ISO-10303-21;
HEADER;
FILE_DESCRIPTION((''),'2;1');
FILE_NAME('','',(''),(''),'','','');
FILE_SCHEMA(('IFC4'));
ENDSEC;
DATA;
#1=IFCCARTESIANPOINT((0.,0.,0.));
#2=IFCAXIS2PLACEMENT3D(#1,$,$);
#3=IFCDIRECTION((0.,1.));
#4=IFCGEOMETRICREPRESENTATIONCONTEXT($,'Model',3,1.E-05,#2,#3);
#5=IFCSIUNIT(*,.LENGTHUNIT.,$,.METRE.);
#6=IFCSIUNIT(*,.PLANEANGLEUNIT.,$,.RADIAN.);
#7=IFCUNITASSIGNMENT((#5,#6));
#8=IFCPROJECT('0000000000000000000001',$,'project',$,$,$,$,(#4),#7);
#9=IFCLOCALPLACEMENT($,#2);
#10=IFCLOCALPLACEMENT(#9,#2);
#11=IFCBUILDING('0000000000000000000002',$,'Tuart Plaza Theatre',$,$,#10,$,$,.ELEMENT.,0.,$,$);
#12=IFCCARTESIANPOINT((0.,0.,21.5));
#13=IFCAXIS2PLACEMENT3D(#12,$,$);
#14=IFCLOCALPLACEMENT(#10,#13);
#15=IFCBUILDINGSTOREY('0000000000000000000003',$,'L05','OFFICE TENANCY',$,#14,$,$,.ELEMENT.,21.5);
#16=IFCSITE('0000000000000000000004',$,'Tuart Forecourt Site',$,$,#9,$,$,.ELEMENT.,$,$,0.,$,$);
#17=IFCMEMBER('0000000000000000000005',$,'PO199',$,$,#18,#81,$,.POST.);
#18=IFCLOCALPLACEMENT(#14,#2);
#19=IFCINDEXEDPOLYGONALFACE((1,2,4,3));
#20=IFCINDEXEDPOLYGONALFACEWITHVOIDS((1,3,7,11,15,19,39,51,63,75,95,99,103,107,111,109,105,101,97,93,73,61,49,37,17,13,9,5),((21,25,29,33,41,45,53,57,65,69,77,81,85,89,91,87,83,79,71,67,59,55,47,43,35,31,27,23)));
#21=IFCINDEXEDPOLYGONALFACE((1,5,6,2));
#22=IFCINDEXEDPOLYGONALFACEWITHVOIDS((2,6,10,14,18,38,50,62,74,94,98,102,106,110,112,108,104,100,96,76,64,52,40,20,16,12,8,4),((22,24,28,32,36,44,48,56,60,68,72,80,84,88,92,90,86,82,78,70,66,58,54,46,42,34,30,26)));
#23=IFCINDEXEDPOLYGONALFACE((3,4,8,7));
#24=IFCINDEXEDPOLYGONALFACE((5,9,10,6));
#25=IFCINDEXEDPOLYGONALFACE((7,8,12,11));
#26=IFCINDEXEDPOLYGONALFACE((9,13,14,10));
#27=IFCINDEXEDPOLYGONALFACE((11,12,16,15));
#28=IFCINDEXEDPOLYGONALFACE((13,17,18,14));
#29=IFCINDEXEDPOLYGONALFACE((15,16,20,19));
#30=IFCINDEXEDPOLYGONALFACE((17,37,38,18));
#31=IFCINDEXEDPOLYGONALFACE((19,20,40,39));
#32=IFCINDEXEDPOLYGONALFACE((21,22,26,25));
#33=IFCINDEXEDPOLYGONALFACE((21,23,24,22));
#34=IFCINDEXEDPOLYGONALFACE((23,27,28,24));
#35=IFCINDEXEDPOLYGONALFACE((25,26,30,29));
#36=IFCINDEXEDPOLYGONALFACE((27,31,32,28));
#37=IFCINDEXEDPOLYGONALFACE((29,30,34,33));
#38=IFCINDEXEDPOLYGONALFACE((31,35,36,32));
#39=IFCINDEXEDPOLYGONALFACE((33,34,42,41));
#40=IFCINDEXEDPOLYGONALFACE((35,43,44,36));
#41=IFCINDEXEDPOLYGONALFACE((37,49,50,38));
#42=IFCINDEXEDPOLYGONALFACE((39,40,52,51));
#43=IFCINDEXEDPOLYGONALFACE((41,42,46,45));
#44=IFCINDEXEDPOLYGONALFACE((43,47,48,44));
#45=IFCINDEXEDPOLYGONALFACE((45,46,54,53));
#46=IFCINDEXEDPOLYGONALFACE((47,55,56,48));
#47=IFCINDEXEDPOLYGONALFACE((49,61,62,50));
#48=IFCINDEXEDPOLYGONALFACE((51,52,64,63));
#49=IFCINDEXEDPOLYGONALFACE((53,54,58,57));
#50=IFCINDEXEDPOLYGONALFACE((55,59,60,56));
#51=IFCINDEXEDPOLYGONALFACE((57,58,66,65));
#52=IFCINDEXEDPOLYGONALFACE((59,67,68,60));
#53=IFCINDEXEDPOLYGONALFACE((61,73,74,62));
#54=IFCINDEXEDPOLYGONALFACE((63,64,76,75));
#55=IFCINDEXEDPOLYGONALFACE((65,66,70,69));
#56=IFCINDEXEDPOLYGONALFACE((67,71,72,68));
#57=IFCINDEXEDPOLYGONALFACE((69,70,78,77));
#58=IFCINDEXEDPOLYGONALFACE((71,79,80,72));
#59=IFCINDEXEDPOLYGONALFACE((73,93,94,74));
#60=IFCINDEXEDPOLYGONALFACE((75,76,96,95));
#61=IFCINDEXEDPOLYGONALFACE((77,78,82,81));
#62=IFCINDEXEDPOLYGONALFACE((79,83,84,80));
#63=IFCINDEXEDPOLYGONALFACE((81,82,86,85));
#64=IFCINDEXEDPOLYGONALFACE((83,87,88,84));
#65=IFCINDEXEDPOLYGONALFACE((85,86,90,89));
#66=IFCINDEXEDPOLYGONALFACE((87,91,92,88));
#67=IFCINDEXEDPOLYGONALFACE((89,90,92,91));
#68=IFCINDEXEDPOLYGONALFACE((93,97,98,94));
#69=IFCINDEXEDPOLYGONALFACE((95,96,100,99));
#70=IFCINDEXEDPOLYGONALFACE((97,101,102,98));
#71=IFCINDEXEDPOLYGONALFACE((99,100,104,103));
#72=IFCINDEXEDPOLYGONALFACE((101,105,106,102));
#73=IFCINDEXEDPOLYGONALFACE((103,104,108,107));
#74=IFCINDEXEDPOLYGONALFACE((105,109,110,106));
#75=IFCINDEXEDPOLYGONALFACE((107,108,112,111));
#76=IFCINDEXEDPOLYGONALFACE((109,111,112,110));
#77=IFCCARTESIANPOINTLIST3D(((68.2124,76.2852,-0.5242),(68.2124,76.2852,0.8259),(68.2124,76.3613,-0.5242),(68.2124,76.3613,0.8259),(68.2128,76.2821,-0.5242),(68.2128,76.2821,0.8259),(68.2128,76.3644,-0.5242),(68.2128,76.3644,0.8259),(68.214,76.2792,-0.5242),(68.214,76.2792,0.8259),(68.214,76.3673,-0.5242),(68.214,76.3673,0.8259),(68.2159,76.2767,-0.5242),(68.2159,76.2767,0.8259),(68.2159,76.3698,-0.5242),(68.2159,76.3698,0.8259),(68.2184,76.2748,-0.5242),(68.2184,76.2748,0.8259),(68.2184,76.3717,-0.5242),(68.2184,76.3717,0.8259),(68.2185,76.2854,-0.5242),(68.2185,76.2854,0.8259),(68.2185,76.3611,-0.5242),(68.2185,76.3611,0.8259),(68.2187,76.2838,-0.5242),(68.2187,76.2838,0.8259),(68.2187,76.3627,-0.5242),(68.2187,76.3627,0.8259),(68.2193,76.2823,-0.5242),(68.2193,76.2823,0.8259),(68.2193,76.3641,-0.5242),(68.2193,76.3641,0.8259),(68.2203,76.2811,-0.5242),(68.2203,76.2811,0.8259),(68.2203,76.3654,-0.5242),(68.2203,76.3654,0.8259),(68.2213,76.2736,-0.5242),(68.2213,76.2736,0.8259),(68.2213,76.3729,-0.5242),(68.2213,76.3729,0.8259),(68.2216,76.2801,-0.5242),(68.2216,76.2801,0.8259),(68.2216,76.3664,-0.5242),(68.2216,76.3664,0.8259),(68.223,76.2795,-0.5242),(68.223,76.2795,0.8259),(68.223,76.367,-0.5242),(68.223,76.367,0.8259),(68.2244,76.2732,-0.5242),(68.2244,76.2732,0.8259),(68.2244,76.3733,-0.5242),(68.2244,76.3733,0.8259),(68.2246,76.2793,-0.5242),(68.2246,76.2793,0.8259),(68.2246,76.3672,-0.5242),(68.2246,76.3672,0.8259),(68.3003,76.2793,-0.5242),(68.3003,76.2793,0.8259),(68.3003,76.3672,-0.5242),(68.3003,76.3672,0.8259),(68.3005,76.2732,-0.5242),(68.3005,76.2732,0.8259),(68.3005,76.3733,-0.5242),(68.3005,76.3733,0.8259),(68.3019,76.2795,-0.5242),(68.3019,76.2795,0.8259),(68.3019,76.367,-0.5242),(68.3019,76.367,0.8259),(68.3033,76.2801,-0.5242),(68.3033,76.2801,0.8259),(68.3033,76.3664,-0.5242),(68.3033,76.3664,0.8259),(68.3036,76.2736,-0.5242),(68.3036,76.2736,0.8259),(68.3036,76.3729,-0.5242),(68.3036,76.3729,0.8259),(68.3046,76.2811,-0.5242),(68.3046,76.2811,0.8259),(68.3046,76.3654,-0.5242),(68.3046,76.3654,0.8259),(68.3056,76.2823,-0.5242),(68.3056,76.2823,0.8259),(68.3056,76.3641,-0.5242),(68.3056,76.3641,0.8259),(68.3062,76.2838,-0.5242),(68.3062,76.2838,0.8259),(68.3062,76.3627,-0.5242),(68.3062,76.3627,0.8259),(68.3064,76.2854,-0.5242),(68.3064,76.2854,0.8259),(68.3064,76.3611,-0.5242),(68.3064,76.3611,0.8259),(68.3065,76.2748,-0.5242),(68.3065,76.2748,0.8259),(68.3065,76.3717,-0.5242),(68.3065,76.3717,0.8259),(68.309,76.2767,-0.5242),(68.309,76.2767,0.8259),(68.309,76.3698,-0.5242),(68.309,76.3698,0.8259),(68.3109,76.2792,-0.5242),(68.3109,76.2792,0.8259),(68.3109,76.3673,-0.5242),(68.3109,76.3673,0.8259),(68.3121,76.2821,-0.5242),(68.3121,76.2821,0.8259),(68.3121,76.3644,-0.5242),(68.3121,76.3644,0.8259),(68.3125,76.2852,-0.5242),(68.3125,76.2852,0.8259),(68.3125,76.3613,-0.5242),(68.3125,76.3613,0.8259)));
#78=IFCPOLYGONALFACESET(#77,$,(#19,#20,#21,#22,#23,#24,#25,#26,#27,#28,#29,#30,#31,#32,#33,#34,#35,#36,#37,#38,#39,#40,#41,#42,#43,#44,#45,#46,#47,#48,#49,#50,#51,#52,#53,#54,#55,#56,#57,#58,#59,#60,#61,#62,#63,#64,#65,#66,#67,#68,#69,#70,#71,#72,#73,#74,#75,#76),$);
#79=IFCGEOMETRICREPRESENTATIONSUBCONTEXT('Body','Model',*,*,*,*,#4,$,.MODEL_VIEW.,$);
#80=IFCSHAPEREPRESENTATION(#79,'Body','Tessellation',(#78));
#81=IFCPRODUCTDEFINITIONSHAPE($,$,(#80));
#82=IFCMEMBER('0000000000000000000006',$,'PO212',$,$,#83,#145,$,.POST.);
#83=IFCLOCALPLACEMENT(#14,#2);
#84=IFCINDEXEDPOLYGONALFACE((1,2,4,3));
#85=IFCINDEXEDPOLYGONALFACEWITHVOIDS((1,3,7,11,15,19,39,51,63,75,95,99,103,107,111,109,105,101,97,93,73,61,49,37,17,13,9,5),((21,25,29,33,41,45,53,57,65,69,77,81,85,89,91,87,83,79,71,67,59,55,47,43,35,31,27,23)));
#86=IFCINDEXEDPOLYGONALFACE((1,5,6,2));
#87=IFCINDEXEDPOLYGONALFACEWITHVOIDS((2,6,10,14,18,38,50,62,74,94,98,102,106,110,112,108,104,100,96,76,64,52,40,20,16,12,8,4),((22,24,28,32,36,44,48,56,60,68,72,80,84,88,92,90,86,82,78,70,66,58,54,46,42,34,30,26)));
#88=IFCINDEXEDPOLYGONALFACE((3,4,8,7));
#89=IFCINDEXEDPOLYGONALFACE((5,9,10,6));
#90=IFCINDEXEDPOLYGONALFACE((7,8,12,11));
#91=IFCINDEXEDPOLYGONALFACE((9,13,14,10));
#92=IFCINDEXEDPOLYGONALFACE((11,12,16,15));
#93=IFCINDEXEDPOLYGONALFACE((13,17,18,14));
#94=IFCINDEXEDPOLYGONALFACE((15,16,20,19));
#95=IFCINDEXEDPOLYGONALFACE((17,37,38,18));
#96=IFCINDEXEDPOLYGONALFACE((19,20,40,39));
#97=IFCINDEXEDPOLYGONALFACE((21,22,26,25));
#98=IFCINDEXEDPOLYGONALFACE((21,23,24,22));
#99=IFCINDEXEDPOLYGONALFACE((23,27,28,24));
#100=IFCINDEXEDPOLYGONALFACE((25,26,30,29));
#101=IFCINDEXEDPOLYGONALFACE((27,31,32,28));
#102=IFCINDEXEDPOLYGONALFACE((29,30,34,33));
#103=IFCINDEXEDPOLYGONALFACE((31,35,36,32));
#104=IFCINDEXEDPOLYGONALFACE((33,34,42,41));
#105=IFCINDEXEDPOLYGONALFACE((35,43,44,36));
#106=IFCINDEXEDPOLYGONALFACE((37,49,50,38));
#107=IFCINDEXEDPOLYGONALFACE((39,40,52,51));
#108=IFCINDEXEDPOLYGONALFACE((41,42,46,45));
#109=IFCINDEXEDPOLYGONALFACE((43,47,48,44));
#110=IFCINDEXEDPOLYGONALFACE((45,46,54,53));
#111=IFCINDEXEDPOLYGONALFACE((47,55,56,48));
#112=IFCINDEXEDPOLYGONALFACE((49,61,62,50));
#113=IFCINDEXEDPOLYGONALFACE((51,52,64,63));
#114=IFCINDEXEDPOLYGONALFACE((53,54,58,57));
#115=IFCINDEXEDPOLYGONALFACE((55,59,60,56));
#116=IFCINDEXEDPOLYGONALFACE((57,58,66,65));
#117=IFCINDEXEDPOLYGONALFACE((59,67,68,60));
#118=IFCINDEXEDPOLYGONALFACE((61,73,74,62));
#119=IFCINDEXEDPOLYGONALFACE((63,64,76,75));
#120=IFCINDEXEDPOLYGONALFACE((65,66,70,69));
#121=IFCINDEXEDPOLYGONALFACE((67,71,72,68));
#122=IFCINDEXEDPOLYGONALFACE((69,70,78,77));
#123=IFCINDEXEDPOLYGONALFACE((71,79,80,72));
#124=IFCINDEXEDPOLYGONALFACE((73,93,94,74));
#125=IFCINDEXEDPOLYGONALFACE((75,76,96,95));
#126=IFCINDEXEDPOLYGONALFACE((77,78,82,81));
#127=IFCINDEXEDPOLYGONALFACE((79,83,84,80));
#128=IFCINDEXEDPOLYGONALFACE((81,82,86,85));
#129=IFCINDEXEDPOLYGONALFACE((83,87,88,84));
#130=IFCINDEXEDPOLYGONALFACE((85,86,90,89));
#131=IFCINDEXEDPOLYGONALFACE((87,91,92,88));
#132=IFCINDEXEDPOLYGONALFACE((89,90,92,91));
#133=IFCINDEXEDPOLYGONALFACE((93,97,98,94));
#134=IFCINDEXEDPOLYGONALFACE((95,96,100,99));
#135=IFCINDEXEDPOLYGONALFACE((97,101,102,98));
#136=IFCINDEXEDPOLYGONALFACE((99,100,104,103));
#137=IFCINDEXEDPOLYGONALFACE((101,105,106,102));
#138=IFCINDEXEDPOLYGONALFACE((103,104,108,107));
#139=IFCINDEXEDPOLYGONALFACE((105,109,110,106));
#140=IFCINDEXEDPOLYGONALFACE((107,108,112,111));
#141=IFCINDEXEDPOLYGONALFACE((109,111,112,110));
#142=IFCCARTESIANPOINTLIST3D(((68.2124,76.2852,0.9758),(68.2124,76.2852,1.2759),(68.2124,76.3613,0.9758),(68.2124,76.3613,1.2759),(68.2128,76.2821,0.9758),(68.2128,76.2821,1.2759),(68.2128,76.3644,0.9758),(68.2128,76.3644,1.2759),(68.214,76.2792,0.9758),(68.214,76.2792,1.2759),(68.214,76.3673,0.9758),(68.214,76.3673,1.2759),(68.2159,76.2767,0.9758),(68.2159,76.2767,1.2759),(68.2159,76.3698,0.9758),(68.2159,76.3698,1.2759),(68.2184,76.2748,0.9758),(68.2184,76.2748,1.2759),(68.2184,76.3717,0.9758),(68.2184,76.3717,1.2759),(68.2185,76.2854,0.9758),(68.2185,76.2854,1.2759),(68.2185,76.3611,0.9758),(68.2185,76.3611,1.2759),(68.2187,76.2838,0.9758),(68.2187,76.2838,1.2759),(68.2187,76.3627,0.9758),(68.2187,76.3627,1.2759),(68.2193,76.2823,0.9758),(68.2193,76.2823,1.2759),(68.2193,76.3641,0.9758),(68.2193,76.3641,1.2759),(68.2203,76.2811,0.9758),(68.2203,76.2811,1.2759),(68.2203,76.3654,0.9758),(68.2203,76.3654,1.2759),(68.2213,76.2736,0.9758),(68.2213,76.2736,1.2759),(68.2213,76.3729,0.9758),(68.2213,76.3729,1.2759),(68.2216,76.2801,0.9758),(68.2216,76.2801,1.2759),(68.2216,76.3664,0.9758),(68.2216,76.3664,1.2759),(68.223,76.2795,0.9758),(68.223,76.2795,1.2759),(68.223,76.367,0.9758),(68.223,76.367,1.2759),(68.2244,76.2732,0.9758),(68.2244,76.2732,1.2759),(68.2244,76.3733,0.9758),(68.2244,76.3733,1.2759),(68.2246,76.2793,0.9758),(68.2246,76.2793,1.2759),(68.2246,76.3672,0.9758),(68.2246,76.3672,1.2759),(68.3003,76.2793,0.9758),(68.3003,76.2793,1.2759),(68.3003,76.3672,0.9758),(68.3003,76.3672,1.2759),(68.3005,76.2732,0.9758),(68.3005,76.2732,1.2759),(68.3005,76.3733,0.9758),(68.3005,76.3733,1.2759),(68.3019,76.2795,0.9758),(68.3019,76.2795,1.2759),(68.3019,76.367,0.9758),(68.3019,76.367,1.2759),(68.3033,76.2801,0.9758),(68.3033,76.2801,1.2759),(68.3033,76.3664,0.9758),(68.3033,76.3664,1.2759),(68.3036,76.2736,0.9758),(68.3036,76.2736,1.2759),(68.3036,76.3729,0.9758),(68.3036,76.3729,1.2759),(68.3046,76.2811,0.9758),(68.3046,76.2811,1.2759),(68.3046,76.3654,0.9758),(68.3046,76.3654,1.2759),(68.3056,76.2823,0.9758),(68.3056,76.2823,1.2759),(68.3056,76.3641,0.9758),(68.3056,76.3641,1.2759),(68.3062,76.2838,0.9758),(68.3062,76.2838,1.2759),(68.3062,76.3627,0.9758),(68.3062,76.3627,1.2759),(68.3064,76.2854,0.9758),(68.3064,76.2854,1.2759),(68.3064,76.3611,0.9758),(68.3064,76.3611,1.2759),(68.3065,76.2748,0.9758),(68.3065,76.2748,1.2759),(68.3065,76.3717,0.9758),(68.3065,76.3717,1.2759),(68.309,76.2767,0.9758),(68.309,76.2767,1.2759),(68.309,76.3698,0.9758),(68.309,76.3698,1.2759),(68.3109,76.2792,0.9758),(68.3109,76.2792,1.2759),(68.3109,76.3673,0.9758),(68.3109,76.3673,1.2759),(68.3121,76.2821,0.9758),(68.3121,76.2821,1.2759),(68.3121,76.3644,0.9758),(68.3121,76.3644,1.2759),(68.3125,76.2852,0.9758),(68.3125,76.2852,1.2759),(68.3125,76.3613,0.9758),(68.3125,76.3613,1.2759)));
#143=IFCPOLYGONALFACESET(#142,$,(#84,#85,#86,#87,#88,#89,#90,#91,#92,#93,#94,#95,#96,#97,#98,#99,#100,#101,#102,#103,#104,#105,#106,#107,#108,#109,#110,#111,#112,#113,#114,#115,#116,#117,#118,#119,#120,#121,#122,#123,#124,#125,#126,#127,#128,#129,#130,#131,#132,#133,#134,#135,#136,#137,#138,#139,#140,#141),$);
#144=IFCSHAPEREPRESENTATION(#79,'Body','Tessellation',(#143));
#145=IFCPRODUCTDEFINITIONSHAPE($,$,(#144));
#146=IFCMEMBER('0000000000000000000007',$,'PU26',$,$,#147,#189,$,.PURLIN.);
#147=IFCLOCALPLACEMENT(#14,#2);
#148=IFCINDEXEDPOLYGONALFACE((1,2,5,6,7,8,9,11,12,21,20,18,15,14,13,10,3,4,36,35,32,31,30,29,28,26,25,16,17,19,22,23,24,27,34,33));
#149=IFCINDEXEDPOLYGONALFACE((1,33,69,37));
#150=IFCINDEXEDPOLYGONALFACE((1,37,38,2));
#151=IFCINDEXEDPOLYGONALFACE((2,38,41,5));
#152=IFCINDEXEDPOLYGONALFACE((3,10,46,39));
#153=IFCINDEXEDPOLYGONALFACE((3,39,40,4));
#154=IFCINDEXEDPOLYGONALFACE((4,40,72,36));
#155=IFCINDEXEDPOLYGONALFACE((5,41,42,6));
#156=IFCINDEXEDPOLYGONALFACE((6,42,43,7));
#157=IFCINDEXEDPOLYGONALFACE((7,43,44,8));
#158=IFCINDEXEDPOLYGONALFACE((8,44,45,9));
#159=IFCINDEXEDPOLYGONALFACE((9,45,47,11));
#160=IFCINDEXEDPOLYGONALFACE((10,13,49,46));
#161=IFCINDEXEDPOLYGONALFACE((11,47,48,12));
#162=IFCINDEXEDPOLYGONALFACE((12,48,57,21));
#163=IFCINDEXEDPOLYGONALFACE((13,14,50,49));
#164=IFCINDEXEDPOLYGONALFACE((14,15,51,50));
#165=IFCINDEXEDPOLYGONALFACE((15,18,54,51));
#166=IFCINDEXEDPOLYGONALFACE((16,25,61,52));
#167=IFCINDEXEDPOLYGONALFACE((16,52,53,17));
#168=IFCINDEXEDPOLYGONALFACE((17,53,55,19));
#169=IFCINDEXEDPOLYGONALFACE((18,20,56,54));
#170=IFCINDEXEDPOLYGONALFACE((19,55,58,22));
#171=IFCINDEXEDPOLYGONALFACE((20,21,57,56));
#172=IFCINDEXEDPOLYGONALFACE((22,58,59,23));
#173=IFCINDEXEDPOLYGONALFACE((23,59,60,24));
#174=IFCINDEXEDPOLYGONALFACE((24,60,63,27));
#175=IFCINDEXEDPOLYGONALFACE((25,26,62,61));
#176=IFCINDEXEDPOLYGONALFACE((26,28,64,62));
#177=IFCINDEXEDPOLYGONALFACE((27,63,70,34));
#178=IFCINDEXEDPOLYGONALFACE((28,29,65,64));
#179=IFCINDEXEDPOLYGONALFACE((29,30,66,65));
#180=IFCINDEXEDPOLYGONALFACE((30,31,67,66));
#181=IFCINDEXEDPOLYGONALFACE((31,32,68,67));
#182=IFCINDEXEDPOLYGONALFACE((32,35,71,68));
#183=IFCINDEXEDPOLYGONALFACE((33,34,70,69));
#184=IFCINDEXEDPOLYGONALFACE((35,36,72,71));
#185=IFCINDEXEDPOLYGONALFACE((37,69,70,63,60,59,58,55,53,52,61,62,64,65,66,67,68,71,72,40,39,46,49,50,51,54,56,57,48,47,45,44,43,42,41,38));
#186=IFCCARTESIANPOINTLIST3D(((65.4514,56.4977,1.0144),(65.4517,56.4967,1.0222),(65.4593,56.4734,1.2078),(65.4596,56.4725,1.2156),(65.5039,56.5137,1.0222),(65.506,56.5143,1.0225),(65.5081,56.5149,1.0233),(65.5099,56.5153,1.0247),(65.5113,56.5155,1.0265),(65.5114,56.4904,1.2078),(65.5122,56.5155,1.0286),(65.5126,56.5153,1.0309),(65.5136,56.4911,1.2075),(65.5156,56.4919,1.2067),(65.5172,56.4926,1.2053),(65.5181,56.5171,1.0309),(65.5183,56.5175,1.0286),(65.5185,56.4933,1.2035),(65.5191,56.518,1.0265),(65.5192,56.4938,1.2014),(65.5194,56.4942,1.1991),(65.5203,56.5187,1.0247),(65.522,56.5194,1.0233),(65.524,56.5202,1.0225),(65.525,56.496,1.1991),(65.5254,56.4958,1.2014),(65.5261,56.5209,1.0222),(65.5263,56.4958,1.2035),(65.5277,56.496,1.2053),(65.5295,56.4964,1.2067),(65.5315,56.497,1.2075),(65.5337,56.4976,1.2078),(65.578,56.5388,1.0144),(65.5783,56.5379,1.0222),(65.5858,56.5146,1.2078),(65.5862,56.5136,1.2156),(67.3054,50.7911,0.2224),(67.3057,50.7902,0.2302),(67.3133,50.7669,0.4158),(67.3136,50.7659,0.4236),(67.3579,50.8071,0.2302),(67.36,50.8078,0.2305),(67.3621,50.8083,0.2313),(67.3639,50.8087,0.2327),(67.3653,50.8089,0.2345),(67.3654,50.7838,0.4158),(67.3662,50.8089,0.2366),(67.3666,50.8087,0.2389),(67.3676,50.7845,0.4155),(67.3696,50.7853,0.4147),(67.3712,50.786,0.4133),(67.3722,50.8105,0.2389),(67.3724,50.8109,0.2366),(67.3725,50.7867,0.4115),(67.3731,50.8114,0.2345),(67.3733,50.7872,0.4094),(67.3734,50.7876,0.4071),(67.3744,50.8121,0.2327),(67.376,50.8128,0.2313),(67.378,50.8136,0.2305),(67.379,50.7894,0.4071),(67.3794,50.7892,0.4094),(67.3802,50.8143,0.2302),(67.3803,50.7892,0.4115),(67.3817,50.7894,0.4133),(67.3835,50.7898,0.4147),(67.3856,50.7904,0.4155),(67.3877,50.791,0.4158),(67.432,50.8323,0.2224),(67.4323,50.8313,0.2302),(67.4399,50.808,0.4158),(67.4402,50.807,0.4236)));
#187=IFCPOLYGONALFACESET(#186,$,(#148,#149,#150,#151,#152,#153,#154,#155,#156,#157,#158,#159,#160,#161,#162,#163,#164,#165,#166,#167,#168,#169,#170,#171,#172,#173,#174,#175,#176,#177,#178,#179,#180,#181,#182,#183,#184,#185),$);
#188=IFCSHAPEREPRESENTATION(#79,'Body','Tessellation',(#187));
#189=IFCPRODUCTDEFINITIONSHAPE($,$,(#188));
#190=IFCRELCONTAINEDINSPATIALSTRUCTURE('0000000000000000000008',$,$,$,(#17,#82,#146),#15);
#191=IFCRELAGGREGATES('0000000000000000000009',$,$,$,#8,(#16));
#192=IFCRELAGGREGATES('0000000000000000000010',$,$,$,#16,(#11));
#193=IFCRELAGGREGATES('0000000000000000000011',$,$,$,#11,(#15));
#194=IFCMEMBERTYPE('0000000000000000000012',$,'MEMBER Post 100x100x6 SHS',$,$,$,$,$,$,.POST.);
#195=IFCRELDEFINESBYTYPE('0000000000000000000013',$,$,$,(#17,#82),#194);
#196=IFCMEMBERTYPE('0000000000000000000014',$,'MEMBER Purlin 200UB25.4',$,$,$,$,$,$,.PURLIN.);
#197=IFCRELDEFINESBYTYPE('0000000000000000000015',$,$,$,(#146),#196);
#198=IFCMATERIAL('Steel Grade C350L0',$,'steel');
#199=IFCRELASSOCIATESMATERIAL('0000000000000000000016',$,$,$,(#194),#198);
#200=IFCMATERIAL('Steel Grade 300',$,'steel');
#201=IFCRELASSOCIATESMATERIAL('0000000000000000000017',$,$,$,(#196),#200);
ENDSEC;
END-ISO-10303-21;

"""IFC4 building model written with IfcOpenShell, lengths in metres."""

from ifc_helpers import new_model, si_unit, direction, frame, origin, origin_2d, place, context, subcontext, project, spatial, hollow_rectangle, i_section, extrude, material, material_profile, profile_set, type_object, element, save


model = new_model("IFC4")

# Units and contexts
model_context = context("Model", 3, precision=1e-05, world=origin(), true_north=direction((0.0, 1.0)))
body_context = subcontext(model_context, "Body", "Model", "MODEL_VIEW")
ifc_project = project(units=[si_unit("LENGTHUNIT", "METRE"), si_unit("PLANEANGLEUNIT", "RADIAN")], contexts=[model_context])

# Site, building, storey
site_placement = place(None, origin())
site = spatial("IfcSite", under=ifc_project, at=site_placement, Name="Tuart Forecourt Site", CompositionType="ELEMENT", RefElevation=0.0)
building_placement = place(site_placement, origin())
building = spatial("IfcBuilding", under=site, at=building_placement, Name="Tuart Plaza Theatre", CompositionType="ELEMENT", ElevationOfRefHeight=0.0)
storey_placement = place(building_placement, frame((0.0, 0.0, 21.5)))
storey = spatial("IfcBuildingStorey", under=building, at=storey_placement, Name="L05", Description="OFFICE TENANCY", CompositionType="ELEMENT", Elevation=21.5)

# Members
ifc_material_1 = material(Name="Steel Grade C350L0", Category="steel")
ifc_material_profile_1 = material_profile(ifc_material_1, hollow_rectangle(XDim=0.1001, YDim=0.1001, WallThickness=0.0061, InnerFilletRadius=0.0061, OuterFilletRadius=0.012, at=origin_2d()), Name="100x100x6 SHS")
ifc_profile_set_1 = profile_set([ifc_material_profile_1], Name="Steel Grade C350L0")
member_type_1 = type_object("IfcMemberType", Name="MEMBER Post 100x100x6 SHS", PredefinedType="POST", material=ifc_profile_set_1)
member_1_placement = place(storey_placement, frame((68.2625, 76.3232, -0.5242), z_axis=(0.0, 0.0, 1.0), x_axis=(1.0, 0.0, 0.0)))
element("IfcMember", 1, at=member_1_placement, inside=storey, type_object=member_type_1, Name="PO199", PredefinedType="POST", context=body_context, shape_type="SweptSolid", body=[
    extrude(hollow_rectangle(XDim=0.1001, YDim=0.1001, WallThickness=0.0061, InnerFilletRadius=0.0061, OuterFilletRadius=0.012, at=origin_2d()), origin(), (0.0, 0.0, 1.0), 1.3501),
])
member_2_placement = place(storey_placement, frame((68.2625, 76.3232, 0.9758), z_axis=(0.0, 0.0, 1.0), x_axis=(1.0, 0.0, 0.0)))
element("IfcMember", 2, at=member_2_placement, inside=storey, type_object=member_type_1, Name="PO212", PredefinedType="POST", context=body_context, shape_type="SweptSolid", body=[
    extrude(hollow_rectangle(XDim=0.1001, YDim=0.1001, WallThickness=0.0061, InnerFilletRadius=0.0061, OuterFilletRadius=0.012, at=origin_2d()), origin(), (0.0, 0.0, 1.0), 0.3),
])
ifc_material_2 = material(Name="Steel Grade 300", Category="steel")
ifc_material_profile_2 = material_profile(ifc_material_2, i_section(OverallWidth=0.1331, OverallDepth=0.2029, WebThickness=0.0059, FlangeThickness=0.0078, FilletRadius=0.0088, at=origin_2d()), Name="200UB25.4")
ifc_profile_set_2 = profile_set([ifc_material_profile_2], Name="Steel Grade 300")
member_type_2 = type_object("IfcMemberType", Name="MEMBER Purlin 200UB25.4", PredefinedType="PURLIN", material=ifc_profile_set_2)
member_3_placement = place(storey_placement, frame((67.3728, 50.7991, 0.323), z_axis=(-0.306335, 0.942886, 0.13086), x_axis=(-0.951065, -0.308992, 0.0)))
element("IfcMember", 3, at=member_3_placement, inside=storey, type_object=member_type_2, Name="PU26", PredefinedType="PURLIN", context=body_context, shape_type="SweptSolid", body=[
    extrude(i_section(OverallWidth=0.1331, OverallDepth=0.2029, WebThickness=0.0059, FlangeThickness=0.0078, FilletRadius=0.0088, at=origin_2d()), origin(), (0.0, 0.0, 1.0), 6.0522),
])

save(model, "model.ifc")
